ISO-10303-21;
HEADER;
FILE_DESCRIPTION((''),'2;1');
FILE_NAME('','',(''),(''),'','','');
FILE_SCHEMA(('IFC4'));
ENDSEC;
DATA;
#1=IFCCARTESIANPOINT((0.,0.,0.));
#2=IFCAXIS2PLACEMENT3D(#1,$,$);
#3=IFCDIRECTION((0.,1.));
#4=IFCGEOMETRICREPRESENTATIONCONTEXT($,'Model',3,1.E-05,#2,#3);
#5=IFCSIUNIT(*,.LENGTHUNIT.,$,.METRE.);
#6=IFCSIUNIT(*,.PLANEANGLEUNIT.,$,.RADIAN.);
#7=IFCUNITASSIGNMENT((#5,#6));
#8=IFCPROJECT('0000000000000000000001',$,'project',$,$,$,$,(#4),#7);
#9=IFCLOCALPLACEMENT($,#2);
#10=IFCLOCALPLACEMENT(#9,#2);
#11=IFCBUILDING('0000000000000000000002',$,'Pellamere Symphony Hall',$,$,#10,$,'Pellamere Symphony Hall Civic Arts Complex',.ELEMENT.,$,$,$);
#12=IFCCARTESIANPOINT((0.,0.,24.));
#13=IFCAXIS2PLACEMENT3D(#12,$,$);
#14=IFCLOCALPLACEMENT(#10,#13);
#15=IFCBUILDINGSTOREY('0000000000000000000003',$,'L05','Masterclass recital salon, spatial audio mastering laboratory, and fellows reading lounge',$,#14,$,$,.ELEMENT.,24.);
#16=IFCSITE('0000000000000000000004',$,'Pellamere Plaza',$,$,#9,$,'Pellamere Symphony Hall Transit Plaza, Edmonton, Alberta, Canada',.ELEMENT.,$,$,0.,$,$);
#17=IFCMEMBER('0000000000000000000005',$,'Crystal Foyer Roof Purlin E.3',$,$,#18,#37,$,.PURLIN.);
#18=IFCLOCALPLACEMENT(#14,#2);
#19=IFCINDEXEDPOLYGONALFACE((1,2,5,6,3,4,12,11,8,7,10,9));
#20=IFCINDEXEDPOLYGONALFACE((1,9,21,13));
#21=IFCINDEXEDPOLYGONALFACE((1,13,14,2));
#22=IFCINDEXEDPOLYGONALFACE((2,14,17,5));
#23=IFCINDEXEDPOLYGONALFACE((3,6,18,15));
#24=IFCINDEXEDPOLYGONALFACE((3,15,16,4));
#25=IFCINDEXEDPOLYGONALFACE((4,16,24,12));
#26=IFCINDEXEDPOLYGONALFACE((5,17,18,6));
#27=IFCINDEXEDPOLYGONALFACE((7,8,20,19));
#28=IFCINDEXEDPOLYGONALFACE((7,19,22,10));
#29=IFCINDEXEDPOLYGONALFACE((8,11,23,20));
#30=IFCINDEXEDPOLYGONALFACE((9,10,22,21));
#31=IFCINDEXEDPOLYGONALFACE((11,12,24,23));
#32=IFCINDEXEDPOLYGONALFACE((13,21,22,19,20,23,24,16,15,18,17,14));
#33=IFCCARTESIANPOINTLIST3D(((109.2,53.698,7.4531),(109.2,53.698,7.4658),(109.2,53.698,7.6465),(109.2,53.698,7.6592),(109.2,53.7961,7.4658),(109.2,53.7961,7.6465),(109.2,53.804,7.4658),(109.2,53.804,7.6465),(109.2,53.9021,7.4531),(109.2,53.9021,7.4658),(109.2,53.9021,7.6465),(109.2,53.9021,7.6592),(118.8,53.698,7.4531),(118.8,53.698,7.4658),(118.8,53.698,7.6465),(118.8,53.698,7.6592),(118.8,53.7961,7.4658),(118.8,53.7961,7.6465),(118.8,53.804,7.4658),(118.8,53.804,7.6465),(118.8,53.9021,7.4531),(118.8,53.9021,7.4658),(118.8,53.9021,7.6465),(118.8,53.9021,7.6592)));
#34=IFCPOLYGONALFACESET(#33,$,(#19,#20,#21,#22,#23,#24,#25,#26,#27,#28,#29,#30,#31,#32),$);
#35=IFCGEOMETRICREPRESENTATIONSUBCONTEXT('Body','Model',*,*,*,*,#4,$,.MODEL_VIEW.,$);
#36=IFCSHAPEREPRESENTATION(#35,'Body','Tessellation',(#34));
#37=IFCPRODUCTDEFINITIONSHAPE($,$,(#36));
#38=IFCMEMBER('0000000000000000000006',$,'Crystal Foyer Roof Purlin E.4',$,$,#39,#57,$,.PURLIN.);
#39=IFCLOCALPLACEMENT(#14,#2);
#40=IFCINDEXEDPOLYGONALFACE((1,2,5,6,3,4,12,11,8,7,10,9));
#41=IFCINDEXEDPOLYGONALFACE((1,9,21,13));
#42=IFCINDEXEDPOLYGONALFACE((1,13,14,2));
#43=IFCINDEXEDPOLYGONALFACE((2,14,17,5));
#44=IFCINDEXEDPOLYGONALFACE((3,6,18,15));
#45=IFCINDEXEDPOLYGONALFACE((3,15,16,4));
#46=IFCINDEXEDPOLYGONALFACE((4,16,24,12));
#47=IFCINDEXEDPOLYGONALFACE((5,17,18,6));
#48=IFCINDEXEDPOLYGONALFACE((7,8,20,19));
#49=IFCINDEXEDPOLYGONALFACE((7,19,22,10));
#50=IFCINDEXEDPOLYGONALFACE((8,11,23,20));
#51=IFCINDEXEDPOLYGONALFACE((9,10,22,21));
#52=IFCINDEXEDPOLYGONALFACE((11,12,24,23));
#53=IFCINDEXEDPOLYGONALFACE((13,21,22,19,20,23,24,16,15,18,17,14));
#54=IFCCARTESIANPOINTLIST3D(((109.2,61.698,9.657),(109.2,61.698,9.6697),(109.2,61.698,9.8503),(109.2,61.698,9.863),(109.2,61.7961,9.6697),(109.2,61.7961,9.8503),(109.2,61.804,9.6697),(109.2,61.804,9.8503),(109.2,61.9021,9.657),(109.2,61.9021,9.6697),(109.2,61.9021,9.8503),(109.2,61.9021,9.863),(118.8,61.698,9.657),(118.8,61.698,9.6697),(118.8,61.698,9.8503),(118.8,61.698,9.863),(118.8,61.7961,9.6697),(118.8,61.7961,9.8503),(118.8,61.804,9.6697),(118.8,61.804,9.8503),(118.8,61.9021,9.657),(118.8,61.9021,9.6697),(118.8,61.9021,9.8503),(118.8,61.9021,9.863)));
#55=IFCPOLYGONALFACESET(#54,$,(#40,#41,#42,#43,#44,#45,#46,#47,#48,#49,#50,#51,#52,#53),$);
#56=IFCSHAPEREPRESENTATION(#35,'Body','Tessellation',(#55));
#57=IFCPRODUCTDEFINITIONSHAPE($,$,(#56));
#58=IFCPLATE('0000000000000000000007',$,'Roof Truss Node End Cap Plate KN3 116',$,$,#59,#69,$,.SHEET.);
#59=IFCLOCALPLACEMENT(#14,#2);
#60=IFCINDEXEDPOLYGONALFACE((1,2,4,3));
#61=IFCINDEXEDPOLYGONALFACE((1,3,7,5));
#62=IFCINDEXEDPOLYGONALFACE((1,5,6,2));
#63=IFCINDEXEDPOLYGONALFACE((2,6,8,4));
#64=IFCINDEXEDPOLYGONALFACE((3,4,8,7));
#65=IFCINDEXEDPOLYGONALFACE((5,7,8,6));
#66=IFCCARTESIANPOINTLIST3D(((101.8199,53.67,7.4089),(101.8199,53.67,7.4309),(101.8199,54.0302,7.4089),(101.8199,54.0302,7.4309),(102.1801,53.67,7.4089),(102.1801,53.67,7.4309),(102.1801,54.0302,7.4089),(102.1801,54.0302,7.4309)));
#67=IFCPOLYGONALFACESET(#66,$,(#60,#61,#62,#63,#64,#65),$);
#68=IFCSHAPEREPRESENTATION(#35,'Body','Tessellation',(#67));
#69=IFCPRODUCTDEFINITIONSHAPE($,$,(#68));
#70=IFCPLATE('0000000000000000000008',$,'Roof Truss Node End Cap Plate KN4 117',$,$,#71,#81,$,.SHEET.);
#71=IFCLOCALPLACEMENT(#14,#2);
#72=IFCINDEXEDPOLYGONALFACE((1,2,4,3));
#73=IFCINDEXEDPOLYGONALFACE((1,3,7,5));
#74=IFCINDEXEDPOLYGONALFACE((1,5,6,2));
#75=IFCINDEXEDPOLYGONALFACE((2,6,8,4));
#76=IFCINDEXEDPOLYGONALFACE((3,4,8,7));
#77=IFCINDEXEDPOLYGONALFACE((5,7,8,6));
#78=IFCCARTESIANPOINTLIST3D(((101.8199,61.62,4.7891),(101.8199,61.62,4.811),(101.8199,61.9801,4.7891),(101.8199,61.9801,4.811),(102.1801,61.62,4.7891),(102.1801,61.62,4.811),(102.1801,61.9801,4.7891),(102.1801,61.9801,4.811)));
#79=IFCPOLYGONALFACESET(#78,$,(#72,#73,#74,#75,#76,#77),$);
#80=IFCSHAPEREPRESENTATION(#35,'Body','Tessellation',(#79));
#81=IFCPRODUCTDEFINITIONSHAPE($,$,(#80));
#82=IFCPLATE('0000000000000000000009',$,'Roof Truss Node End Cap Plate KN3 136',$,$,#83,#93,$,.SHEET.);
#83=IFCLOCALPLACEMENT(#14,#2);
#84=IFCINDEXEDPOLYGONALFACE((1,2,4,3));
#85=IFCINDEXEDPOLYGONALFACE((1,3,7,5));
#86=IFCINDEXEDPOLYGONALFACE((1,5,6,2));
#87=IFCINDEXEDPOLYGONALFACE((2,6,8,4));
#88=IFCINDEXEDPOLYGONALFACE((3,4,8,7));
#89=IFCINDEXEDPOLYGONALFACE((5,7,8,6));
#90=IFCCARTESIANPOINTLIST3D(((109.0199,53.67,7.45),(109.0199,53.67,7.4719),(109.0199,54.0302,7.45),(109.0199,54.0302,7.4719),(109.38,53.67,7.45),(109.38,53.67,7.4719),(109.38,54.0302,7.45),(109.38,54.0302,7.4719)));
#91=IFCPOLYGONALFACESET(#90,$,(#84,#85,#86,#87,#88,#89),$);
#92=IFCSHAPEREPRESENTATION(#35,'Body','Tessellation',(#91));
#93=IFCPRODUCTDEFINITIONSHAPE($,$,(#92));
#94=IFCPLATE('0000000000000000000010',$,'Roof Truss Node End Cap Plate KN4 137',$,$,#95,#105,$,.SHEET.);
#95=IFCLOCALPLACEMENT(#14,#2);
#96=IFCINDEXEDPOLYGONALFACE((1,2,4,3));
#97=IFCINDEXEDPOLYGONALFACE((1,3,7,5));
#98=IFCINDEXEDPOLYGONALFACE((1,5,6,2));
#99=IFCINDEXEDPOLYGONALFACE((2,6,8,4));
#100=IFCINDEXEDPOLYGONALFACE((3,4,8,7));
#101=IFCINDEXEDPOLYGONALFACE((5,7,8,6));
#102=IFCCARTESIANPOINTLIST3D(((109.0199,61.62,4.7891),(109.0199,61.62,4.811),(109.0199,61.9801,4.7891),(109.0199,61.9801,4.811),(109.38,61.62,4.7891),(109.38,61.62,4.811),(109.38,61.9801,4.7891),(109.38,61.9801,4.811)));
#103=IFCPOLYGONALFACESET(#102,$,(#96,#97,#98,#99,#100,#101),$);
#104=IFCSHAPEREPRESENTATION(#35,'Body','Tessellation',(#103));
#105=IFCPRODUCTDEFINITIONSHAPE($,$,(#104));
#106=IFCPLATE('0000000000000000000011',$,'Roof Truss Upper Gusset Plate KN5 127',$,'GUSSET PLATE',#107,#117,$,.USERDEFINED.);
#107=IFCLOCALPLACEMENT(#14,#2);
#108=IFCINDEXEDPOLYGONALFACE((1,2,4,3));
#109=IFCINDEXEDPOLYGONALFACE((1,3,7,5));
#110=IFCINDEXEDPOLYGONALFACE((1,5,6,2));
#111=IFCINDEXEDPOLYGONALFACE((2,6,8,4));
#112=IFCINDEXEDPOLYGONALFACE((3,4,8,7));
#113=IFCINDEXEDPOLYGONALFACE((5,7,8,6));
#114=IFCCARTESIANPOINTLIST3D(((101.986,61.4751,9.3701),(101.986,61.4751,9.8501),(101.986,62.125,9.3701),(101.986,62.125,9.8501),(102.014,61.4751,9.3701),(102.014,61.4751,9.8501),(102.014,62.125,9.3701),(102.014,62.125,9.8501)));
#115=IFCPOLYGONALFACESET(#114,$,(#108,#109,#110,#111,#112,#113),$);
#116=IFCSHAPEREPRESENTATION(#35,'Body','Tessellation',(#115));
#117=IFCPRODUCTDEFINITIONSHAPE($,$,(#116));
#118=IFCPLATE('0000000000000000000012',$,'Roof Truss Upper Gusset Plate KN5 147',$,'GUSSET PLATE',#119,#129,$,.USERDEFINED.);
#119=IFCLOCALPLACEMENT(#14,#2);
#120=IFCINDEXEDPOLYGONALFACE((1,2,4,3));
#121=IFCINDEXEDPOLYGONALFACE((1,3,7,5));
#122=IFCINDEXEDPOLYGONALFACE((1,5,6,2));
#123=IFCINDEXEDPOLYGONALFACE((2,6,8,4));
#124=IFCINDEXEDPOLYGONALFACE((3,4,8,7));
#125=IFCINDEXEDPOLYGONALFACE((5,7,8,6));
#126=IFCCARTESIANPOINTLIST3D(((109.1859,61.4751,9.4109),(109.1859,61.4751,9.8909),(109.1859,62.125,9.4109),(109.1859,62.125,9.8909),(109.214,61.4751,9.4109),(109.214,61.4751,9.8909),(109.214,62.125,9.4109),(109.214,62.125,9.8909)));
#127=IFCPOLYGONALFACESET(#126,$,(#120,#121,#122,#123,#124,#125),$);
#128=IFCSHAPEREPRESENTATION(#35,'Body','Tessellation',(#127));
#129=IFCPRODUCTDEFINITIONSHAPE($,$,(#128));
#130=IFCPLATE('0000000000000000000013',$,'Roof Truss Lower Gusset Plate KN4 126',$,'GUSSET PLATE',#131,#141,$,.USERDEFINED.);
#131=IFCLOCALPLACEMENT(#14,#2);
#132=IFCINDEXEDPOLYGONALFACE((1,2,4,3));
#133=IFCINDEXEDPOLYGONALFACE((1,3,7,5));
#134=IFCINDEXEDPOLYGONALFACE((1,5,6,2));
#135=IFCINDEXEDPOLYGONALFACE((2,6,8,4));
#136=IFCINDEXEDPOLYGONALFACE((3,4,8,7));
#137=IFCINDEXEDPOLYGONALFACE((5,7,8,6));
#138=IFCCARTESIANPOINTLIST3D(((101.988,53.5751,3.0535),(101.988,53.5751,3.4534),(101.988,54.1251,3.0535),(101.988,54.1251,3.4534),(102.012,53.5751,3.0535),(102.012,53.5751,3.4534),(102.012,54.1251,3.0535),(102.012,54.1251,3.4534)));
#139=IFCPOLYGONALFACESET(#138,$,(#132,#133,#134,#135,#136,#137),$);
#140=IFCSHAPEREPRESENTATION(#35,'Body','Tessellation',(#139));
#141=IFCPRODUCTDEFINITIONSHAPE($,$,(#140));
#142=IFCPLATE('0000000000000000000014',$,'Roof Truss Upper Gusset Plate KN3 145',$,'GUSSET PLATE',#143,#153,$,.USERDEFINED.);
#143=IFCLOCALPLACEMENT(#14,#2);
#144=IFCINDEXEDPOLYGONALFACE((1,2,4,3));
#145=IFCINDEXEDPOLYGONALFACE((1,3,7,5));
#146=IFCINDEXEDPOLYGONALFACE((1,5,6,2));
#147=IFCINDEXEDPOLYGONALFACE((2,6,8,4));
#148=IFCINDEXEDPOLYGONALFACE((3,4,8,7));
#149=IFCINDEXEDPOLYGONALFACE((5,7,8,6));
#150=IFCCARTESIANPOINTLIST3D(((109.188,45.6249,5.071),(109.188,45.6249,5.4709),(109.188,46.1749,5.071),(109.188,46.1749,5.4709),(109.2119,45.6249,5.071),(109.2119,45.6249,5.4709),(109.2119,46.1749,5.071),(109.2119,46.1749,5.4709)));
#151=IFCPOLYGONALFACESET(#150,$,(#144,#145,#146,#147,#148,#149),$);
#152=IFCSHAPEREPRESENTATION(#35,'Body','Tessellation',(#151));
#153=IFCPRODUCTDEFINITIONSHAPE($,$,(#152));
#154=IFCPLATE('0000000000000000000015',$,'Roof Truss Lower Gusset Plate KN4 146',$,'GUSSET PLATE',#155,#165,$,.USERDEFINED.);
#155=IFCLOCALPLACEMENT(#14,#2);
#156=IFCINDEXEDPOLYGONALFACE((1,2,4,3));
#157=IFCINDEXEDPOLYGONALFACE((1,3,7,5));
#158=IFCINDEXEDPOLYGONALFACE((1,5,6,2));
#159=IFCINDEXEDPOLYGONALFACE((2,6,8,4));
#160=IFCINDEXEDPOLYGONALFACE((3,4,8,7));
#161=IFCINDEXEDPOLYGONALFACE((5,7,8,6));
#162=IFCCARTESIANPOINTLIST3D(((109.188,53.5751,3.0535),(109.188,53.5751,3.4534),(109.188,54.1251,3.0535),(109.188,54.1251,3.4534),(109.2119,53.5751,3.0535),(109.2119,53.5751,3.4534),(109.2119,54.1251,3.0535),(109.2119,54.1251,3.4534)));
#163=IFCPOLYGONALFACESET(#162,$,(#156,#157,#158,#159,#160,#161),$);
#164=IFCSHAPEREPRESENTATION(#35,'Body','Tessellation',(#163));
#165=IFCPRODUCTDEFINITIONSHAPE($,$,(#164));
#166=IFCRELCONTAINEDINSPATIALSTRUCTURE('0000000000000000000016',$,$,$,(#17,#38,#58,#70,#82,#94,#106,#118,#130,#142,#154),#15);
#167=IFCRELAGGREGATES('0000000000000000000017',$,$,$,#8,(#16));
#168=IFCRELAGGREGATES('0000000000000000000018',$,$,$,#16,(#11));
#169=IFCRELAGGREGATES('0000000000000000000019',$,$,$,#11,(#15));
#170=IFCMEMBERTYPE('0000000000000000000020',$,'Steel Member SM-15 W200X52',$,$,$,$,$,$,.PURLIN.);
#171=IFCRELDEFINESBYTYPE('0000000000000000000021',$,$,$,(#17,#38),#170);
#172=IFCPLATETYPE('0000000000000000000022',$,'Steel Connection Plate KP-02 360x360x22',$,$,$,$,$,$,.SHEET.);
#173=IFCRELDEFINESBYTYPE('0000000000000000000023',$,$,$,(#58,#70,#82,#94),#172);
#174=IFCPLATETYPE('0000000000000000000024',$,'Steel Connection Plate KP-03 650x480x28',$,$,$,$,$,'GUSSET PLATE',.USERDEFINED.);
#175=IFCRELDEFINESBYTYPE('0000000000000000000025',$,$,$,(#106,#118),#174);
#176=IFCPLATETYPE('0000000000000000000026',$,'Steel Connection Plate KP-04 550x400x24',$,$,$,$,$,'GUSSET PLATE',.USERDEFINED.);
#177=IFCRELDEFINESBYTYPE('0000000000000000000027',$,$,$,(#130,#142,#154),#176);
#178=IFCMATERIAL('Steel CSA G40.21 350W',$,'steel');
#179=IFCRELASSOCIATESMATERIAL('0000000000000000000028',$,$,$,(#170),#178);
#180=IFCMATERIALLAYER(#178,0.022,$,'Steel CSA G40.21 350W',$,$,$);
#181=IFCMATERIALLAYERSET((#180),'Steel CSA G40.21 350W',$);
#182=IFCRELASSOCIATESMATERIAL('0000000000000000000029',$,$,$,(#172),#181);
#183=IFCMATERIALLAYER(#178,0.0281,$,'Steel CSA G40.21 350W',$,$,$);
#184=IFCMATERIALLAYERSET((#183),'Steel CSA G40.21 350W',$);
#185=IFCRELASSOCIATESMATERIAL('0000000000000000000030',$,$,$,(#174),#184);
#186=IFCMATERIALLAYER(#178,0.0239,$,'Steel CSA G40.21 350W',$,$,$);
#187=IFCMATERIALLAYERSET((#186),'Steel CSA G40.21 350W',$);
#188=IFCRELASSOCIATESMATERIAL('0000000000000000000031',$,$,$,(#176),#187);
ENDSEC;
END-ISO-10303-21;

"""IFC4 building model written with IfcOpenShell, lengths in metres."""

from ifc_helpers import new_model, si_unit, direction, frame, origin, origin_2d, place, context, subcontext, project, spatial, rectangle, i_section, extrude, material, layer, layer_set, material_profile, profile_set, type_object, element, save


model = new_model("IFC4")

# Units and contexts
model_context = context("Model", 3, precision=1e-05, world=origin(), true_north=direction((0.0, 1.0)))
body_context = subcontext(model_context, "Body", "Model", "MODEL_VIEW")
ifc_project = project(units=[si_unit("LENGTHUNIT", "METRE"), si_unit("PLANEANGLEUNIT", "RADIAN")], contexts=[model_context])

# Site, building, storey
site_placement = place(None, origin())
site = spatial("IfcSite", under=ifc_project, at=site_placement, Name="Pellamere Plaza", LongName="Pellamere Symphony Hall Transit Plaza, Edmonton, Alberta, Canada", CompositionType="ELEMENT", RefElevation=0.0)
building_placement = place(site_placement, origin())
building = spatial("IfcBuilding", under=site, at=building_placement, Name="Pellamere Symphony Hall", LongName="Pellamere Symphony Hall Civic Arts Complex", CompositionType="ELEMENT")
storey_placement = place(building_placement, frame((0.0, 0.0, 24.0)))
storey = spatial("IfcBuildingStorey", under=building, at=storey_placement, Name="L05", Description="Masterclass recital salon, spatial audio mastering laboratory, and fellows reading lounge", CompositionType="ELEMENT", Elevation=24.0)

# Shared definitions
ifc_material_1 = material(Name="Steel CSA G40.21 350W", Category="steel")

# Members
ifc_material_profile_1 = material_profile(ifc_material_1, i_section(OverallWidth=0.2041, OverallDepth=0.2061, WebThickness=0.0078, FlangeThickness=0.0127, at=origin_2d()), Name="W200X52")
ifc_profile_set_1 = profile_set([ifc_material_profile_1], Name="Steel CSA G40.21 350W")
member_type_1 = type_object("IfcMemberType", Name="Steel Member SM-15 W200X52", PredefinedType="PURLIN", material=ifc_profile_set_1)
for number, where, z_axis, x_axis, name in (
    (1, (109.2, 53.8, 7.5562), (1.0, 0.0, 0.0), (0.0, 1.0, 0.0), "Crystal Foyer Roof Purlin E.3"),
    (2, (109.2, 61.8, 9.76), (1.0, 0.0, 0.0), (0.0, 1.0, 0.0), "Crystal Foyer Roof Purlin E.4"),
):
    element("IfcMember", number, at=place(storey_placement, frame(where, z_axis=z_axis, x_axis=x_axis)), inside=storey, type_object=member_type_1, Name=name, PredefinedType="PURLIN", context=body_context, shape_type="SweptSolid", body=[
        extrude(i_section(OverallWidth=0.2041, OverallDepth=0.2061, WebThickness=0.0078, FlangeThickness=0.0127, at=origin_2d()), origin(), (0.0, 0.0, 1.0), 9.6001),
    ])

# Plates
ifc_layer_1 = layer(ifc_material_1, 0.022, Name="Steel CSA G40.21 350W")
ifc_layer_set_1 = layer_set([ifc_layer_1], Name="Steel CSA G40.21 350W")
plate_type_1 = type_object("IfcPlateType", Name="Steel Connection Plate KP-02 360x360x22", PredefinedType="SHEET", material=ifc_layer_set_1)
for number, where, z_axis, x_axis, name in (
    (3, (102.0, 53.8501, 7.4089), (0.0, 0.0, 1.0), (1.0, 0.0, 0.0), "Roof Truss Node End Cap Plate KN3 116"),
    (4, (102.0, 61.8, 4.7891), (0.0, 0.0, 1.0), (1.0, 0.0, 0.0), "Roof Truss Node End Cap Plate KN4 117"),
    (5, (109.2, 53.8501, 7.45), (0.0, 0.0, 1.0), (1.0, 0.0, 0.0), "Roof Truss Node End Cap Plate KN3 136"),
    (6, (109.2, 61.8, 4.7891), (0.0, 0.0, 1.0), (1.0, 0.0, 0.0), "Roof Truss Node End Cap Plate KN4 137"),
):
    element("IfcPlate", number, at=place(storey_placement, frame(where, z_axis=z_axis, x_axis=x_axis)), inside=storey, type_object=plate_type_1, Name=name, PredefinedType="SHEET", context=body_context, shape_type="SweptSolid", body=[
        extrude(rectangle(XDim=0.3601, YDim=0.3601, at=origin_2d()), origin(), (0.0, 0.0, 1.0), 0.022),
    ])
ifc_layer_2 = layer(ifc_material_1, 0.0281, Name="Steel CSA G40.21 350W")
ifc_layer_set_2 = layer_set([ifc_layer_2], Name="Steel CSA G40.21 350W")
plate_type_2 = type_object("IfcPlateType", Name="Steel Connection Plate KP-03 650x480x28", ElementType="GUSSET PLATE", PredefinedType="USERDEFINED", material=ifc_layer_set_2)
for number, where, z_axis, x_axis, name in (
    (7, (102.0, 61.8, 9.3701), (0.0, 0.0, 1.0), (1.0, 0.0, 0.0), "Roof Truss Upper Gusset Plate KN5 127"),
    (8, (109.2, 61.8, 9.4109), (0.0, 0.0, 1.0), (1.0, 0.0, 0.0), "Roof Truss Upper Gusset Plate KN5 147"),
):
    element("IfcPlate", number, at=place(storey_placement, frame(where, z_axis=z_axis, x_axis=x_axis)), inside=storey, type_object=plate_type_2, Name=name, ObjectType="GUSSET PLATE", PredefinedType="USERDEFINED", context=body_context, shape_type="SweptSolid", body=[
        extrude(rectangle(XDim=0.0281, YDim=0.6499, at=origin_2d()), origin(), (0.0, 0.0, 1.0), 0.48),
    ])
ifc_layer_3 = layer(ifc_material_1, 0.0239, Name="Steel CSA G40.21 350W")
ifc_layer_set_3 = layer_set([ifc_layer_3], Name="Steel CSA G40.21 350W")
plate_type_3 = type_object("IfcPlateType", Name="Steel Connection Plate KP-04 550x400x24", ElementType="GUSSET PLATE", PredefinedType="USERDEFINED", material=ifc_layer_set_3)
for number, where, z_axis, x_axis, name in (
    (9, (102.0, 53.8501, 3.0535), (0.0, 0.0, 1.0), (1.0, 0.0, 0.0), "Roof Truss Lower Gusset Plate KN4 126"),
    (10, (109.2, 45.8999, 5.071), (0.0, 0.0, 1.0), (1.0, 0.0, 0.0), "Roof Truss Upper Gusset Plate KN3 145"),
    (11, (109.2, 53.8501, 3.0535), (0.0, 0.0, 1.0), (1.0, 0.0, 0.0), "Roof Truss Lower Gusset Plate KN4 146"),
):
    element("IfcPlate", number, at=place(storey_placement, frame(where, z_axis=z_axis, x_axis=x_axis)), inside=storey, type_object=plate_type_3, Name=name, ObjectType="GUSSET PLATE", PredefinedType="USERDEFINED", context=body_context, shape_type="SweptSolid", body=[
        extrude(rectangle(XDim=0.0239, YDim=0.55, at=origin_2d()), origin(), (0.0, 0.0, 1.0), 0.3999),
    ])

save(model, "model.ifc")
